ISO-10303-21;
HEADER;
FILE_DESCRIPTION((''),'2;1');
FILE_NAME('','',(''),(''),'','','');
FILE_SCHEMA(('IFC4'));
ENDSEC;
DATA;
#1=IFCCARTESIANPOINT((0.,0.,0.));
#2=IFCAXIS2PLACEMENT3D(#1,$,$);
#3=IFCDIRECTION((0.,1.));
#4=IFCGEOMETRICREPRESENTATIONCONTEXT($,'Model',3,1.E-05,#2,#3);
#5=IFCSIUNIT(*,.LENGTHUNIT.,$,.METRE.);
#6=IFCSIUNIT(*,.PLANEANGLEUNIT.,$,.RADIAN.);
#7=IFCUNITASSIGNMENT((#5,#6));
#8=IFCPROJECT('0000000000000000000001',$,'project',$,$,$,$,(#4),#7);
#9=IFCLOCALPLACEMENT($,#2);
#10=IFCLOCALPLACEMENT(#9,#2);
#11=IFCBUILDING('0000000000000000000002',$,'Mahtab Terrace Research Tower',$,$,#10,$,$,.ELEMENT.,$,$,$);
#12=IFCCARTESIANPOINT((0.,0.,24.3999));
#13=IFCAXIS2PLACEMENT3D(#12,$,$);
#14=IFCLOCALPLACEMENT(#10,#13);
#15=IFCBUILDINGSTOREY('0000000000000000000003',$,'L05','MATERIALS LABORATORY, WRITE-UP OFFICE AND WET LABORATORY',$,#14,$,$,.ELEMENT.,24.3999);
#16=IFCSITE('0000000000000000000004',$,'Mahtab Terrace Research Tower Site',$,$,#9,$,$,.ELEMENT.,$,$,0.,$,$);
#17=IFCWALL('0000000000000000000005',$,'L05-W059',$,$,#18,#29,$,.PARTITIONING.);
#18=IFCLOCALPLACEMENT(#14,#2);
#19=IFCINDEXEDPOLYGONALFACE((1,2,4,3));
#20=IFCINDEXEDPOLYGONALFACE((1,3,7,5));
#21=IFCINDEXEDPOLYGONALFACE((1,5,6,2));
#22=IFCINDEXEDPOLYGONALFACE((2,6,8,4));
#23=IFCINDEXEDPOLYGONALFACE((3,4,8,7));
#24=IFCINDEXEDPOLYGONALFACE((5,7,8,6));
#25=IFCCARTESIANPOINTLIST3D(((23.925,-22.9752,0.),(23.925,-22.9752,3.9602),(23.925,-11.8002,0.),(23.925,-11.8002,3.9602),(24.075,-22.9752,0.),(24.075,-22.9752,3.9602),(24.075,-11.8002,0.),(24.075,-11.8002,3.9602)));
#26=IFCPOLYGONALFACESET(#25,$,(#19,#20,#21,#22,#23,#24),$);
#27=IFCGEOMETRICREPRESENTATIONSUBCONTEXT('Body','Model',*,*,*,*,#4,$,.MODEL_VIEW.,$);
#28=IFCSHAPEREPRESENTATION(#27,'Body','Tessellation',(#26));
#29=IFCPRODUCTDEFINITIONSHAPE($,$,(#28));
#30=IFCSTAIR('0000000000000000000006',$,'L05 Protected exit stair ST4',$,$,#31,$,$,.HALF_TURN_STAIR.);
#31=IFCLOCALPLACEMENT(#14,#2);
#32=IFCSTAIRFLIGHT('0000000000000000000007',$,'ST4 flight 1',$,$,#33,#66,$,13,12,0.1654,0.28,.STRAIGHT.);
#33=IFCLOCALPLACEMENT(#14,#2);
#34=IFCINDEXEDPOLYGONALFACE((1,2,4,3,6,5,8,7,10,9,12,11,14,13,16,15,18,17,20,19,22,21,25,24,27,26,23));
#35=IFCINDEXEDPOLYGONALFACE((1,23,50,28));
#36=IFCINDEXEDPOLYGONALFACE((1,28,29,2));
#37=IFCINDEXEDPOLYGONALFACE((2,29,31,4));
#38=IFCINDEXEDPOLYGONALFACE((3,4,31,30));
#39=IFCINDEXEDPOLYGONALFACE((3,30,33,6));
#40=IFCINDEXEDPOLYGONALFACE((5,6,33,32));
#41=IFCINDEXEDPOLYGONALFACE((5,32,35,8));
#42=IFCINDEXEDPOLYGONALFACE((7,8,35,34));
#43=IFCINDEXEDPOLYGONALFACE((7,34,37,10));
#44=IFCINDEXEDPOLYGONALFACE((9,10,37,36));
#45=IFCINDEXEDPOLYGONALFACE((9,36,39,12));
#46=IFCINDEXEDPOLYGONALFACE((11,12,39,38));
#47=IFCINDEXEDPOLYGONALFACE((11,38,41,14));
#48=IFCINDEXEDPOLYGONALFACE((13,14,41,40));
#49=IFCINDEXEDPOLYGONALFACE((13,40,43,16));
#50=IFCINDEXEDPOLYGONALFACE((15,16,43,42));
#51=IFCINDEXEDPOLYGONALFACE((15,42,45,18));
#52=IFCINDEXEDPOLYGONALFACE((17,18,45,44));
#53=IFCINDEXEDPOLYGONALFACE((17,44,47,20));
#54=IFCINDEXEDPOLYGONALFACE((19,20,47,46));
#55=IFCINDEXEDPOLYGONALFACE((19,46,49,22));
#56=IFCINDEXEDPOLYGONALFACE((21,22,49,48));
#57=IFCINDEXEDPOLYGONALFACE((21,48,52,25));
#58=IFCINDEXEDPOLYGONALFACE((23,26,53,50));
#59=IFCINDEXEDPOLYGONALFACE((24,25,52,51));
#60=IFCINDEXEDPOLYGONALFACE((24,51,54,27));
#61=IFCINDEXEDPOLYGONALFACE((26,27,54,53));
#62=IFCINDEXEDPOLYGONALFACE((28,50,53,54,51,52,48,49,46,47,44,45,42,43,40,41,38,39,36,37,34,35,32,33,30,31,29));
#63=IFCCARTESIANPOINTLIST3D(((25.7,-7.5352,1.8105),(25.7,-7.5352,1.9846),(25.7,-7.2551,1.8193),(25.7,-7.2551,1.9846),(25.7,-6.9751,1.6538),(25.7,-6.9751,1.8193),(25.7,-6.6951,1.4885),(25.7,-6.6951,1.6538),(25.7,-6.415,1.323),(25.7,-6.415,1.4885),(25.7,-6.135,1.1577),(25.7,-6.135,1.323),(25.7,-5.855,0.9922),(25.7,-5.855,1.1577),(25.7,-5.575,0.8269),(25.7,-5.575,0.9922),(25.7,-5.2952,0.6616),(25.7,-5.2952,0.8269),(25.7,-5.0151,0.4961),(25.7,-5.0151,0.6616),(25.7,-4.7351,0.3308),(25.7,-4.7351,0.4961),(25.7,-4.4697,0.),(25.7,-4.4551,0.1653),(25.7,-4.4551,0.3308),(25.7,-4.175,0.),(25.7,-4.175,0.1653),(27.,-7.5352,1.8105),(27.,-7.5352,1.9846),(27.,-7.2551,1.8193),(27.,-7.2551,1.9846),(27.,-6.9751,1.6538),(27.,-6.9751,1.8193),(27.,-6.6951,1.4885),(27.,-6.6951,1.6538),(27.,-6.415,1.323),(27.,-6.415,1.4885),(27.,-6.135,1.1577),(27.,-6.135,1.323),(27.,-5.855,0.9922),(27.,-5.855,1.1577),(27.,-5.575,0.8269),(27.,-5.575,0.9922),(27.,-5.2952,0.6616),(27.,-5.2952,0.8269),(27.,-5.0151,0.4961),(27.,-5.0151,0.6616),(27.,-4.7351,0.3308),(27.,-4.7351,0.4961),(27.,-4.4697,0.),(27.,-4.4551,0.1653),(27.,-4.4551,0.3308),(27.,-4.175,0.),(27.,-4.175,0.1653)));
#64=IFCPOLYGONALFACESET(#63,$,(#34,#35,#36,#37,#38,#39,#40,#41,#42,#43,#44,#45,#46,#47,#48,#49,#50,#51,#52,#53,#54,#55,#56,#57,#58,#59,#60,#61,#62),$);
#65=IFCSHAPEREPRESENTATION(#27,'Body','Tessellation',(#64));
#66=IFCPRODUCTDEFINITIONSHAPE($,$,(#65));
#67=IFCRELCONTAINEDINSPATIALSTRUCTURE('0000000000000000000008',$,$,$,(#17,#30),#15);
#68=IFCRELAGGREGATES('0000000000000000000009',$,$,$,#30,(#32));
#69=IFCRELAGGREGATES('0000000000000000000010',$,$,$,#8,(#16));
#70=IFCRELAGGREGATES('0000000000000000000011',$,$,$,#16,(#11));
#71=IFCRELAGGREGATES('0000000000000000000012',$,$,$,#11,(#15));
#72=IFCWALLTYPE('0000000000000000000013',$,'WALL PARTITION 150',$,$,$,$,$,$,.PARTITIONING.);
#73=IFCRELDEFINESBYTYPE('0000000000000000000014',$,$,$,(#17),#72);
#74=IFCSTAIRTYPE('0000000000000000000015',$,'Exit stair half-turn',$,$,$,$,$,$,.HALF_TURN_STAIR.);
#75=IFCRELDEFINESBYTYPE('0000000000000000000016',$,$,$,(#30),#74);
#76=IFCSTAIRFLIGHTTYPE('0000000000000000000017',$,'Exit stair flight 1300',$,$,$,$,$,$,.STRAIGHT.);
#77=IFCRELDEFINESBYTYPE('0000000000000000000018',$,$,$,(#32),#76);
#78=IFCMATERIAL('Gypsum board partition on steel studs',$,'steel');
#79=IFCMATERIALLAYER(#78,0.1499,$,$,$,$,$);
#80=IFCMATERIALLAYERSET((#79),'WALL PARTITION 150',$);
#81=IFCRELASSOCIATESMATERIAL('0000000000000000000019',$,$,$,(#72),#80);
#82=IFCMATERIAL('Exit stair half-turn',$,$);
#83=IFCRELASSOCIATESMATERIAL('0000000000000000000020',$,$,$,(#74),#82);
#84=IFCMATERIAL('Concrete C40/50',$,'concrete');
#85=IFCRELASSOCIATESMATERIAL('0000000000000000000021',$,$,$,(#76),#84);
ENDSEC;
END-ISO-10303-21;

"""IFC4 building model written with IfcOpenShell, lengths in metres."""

from ifc_helpers import new_model, si_unit, direction, frame, frame_2d, origin, place, context, subcontext, project, spatial, polyline, rectangle, outline, extrude, material, layer, layer_set, type_object, element, aggregate, save


model = new_model("IFC4")

# Units and contexts
model_context = context("Model", 3, precision=1e-05, world=origin(), true_north=direction((0.0, 1.0)))
body_context = subcontext(model_context, "Body", "Model", "MODEL_VIEW")
ifc_project = project(units=[si_unit("LENGTHUNIT", "METRE"), si_unit("PLANEANGLEUNIT", "RADIAN")], contexts=[model_context])

# Site, building, storey
site_placement = place(None, origin())
site = spatial("IfcSite", under=ifc_project, at=site_placement, Name="Mahtab Terrace Research Tower Site", CompositionType="ELEMENT", RefElevation=0.0)
building_placement = place(site_placement, origin())
building = spatial("IfcBuilding", under=site, at=building_placement, Name="Mahtab Terrace Research Tower", CompositionType="ELEMENT")
storey_placement = place(building_placement, frame((0.0, 0.0, 24.3999)))
storey = spatial("IfcBuildingStorey", under=building, at=storey_placement, Name="L05", Description="MATERIALS LABORATORY, WRITE-UP OFFICE AND WET LABORATORY", CompositionType="ELEMENT", Elevation=24.3999)

# Wall
ifc_material_1 = material(Name="Gypsum board partition on steel studs", Category="steel")
ifc_layer_1 = layer(ifc_material_1, 0.1499)
ifc_layer_set_1 = layer_set([ifc_layer_1], Name="WALL PARTITION 150")
wall_type_1 = type_object("IfcWallType", Name="WALL PARTITION 150", PredefinedType="PARTITIONING", material=ifc_layer_set_1)
for number, where, z_axis, x_axis, name in (
    (1, (24.0, -22.9751, 0.0), (0.0, 0.0, 1.0), (0.0, 1.0, 0.0), "L05-W059"),
):
    element("IfcWall", number, at=place(storey_placement, frame(where, z_axis=z_axis, x_axis=x_axis)), inside=storey, type_object=wall_type_1, Name=name, PredefinedType="PARTITIONING", context=body_context, shape_type="SweptSolid", body=[
        extrude(rectangle(XDim=11.175, YDim=0.1499, at=frame_2d((5.5874, 0.0))), origin(), (0.0, 0.0, 1.0), 3.9602),
    ])

# Stair, stair flight
ifc_material_2 = material(Name="Exit stair half-turn")
stair_type = type_object("IfcStairType", Name="Exit stair half-turn", PredefinedType="HALF_TURN_STAIR", material=ifc_material_2)
stair_placement = place(storey_placement, origin())
stair = element("IfcStair", 2, at=stair_placement, inside=storey, type_object=stair_type, Name="L05 Protected exit stair ST4", PredefinedType="HALF_TURN_STAIR")
ifc_material_3 = material(Name="Concrete C40/50", Category="concrete")
stair_flight_type = type_object("IfcStairFlightType", Name="Exit stair flight 1300", PredefinedType="STRAIGHT", material=ifc_material_3)
stair_flight_placement = place(storey_placement, frame((26.3501, -4.175, 0.0), z_axis=(0.0, 0.0, 1.0), x_axis=(0.0, -1.0, 0.0)))
stair_flight = element("IfcStairFlight", 3, at=stair_flight_placement, type_object=stair_flight_type, Name="ST4 flight 1", NumberOfRisers=13, NumberOfTreads=12, PredefinedType="STRAIGHT", RiserHeight=0.1654, TreadLength=0.28, context=body_context, shape_type="SweptSolid", body=[
    extrude(outline(polyline([(0.0, 0.0), (0.0, 0.1653), (0.28, 0.1653), (0.28, 0.3308), (0.5601, 0.3308), (0.5601, 0.4961), (0.8401, 0.4961), (0.8401, 0.6616), (1.1201, 0.6616), (1.1201, 0.8269), (1.3999, 0.8269), (1.3999, 0.9922), (1.6799, 0.9922), (1.6799, 1.1577), (1.96, 1.1577), (1.96, 1.323), (2.24, 1.323), (2.24, 1.4885), (2.52, 1.4885), (2.52, 1.6538), (2.8, 1.6538), (2.8, 1.8193), (3.0801, 1.8193), (3.0801, 1.9846), (3.3601, 1.9846), (3.3601, 2.1499), (3.3601, 1.8105), (0.2947, 0.0), (0.0, 0.0)])), frame((0.0, 0.6499, 0.0), z_axis=(0.0, -1.0, 0.0), x_axis=(1.0, 0.0, 0.0)), (0.0, 0.0, 1.0), 1.3),
])
aggregate(stair, [stair_flight])

save(model, "model.ifc")
